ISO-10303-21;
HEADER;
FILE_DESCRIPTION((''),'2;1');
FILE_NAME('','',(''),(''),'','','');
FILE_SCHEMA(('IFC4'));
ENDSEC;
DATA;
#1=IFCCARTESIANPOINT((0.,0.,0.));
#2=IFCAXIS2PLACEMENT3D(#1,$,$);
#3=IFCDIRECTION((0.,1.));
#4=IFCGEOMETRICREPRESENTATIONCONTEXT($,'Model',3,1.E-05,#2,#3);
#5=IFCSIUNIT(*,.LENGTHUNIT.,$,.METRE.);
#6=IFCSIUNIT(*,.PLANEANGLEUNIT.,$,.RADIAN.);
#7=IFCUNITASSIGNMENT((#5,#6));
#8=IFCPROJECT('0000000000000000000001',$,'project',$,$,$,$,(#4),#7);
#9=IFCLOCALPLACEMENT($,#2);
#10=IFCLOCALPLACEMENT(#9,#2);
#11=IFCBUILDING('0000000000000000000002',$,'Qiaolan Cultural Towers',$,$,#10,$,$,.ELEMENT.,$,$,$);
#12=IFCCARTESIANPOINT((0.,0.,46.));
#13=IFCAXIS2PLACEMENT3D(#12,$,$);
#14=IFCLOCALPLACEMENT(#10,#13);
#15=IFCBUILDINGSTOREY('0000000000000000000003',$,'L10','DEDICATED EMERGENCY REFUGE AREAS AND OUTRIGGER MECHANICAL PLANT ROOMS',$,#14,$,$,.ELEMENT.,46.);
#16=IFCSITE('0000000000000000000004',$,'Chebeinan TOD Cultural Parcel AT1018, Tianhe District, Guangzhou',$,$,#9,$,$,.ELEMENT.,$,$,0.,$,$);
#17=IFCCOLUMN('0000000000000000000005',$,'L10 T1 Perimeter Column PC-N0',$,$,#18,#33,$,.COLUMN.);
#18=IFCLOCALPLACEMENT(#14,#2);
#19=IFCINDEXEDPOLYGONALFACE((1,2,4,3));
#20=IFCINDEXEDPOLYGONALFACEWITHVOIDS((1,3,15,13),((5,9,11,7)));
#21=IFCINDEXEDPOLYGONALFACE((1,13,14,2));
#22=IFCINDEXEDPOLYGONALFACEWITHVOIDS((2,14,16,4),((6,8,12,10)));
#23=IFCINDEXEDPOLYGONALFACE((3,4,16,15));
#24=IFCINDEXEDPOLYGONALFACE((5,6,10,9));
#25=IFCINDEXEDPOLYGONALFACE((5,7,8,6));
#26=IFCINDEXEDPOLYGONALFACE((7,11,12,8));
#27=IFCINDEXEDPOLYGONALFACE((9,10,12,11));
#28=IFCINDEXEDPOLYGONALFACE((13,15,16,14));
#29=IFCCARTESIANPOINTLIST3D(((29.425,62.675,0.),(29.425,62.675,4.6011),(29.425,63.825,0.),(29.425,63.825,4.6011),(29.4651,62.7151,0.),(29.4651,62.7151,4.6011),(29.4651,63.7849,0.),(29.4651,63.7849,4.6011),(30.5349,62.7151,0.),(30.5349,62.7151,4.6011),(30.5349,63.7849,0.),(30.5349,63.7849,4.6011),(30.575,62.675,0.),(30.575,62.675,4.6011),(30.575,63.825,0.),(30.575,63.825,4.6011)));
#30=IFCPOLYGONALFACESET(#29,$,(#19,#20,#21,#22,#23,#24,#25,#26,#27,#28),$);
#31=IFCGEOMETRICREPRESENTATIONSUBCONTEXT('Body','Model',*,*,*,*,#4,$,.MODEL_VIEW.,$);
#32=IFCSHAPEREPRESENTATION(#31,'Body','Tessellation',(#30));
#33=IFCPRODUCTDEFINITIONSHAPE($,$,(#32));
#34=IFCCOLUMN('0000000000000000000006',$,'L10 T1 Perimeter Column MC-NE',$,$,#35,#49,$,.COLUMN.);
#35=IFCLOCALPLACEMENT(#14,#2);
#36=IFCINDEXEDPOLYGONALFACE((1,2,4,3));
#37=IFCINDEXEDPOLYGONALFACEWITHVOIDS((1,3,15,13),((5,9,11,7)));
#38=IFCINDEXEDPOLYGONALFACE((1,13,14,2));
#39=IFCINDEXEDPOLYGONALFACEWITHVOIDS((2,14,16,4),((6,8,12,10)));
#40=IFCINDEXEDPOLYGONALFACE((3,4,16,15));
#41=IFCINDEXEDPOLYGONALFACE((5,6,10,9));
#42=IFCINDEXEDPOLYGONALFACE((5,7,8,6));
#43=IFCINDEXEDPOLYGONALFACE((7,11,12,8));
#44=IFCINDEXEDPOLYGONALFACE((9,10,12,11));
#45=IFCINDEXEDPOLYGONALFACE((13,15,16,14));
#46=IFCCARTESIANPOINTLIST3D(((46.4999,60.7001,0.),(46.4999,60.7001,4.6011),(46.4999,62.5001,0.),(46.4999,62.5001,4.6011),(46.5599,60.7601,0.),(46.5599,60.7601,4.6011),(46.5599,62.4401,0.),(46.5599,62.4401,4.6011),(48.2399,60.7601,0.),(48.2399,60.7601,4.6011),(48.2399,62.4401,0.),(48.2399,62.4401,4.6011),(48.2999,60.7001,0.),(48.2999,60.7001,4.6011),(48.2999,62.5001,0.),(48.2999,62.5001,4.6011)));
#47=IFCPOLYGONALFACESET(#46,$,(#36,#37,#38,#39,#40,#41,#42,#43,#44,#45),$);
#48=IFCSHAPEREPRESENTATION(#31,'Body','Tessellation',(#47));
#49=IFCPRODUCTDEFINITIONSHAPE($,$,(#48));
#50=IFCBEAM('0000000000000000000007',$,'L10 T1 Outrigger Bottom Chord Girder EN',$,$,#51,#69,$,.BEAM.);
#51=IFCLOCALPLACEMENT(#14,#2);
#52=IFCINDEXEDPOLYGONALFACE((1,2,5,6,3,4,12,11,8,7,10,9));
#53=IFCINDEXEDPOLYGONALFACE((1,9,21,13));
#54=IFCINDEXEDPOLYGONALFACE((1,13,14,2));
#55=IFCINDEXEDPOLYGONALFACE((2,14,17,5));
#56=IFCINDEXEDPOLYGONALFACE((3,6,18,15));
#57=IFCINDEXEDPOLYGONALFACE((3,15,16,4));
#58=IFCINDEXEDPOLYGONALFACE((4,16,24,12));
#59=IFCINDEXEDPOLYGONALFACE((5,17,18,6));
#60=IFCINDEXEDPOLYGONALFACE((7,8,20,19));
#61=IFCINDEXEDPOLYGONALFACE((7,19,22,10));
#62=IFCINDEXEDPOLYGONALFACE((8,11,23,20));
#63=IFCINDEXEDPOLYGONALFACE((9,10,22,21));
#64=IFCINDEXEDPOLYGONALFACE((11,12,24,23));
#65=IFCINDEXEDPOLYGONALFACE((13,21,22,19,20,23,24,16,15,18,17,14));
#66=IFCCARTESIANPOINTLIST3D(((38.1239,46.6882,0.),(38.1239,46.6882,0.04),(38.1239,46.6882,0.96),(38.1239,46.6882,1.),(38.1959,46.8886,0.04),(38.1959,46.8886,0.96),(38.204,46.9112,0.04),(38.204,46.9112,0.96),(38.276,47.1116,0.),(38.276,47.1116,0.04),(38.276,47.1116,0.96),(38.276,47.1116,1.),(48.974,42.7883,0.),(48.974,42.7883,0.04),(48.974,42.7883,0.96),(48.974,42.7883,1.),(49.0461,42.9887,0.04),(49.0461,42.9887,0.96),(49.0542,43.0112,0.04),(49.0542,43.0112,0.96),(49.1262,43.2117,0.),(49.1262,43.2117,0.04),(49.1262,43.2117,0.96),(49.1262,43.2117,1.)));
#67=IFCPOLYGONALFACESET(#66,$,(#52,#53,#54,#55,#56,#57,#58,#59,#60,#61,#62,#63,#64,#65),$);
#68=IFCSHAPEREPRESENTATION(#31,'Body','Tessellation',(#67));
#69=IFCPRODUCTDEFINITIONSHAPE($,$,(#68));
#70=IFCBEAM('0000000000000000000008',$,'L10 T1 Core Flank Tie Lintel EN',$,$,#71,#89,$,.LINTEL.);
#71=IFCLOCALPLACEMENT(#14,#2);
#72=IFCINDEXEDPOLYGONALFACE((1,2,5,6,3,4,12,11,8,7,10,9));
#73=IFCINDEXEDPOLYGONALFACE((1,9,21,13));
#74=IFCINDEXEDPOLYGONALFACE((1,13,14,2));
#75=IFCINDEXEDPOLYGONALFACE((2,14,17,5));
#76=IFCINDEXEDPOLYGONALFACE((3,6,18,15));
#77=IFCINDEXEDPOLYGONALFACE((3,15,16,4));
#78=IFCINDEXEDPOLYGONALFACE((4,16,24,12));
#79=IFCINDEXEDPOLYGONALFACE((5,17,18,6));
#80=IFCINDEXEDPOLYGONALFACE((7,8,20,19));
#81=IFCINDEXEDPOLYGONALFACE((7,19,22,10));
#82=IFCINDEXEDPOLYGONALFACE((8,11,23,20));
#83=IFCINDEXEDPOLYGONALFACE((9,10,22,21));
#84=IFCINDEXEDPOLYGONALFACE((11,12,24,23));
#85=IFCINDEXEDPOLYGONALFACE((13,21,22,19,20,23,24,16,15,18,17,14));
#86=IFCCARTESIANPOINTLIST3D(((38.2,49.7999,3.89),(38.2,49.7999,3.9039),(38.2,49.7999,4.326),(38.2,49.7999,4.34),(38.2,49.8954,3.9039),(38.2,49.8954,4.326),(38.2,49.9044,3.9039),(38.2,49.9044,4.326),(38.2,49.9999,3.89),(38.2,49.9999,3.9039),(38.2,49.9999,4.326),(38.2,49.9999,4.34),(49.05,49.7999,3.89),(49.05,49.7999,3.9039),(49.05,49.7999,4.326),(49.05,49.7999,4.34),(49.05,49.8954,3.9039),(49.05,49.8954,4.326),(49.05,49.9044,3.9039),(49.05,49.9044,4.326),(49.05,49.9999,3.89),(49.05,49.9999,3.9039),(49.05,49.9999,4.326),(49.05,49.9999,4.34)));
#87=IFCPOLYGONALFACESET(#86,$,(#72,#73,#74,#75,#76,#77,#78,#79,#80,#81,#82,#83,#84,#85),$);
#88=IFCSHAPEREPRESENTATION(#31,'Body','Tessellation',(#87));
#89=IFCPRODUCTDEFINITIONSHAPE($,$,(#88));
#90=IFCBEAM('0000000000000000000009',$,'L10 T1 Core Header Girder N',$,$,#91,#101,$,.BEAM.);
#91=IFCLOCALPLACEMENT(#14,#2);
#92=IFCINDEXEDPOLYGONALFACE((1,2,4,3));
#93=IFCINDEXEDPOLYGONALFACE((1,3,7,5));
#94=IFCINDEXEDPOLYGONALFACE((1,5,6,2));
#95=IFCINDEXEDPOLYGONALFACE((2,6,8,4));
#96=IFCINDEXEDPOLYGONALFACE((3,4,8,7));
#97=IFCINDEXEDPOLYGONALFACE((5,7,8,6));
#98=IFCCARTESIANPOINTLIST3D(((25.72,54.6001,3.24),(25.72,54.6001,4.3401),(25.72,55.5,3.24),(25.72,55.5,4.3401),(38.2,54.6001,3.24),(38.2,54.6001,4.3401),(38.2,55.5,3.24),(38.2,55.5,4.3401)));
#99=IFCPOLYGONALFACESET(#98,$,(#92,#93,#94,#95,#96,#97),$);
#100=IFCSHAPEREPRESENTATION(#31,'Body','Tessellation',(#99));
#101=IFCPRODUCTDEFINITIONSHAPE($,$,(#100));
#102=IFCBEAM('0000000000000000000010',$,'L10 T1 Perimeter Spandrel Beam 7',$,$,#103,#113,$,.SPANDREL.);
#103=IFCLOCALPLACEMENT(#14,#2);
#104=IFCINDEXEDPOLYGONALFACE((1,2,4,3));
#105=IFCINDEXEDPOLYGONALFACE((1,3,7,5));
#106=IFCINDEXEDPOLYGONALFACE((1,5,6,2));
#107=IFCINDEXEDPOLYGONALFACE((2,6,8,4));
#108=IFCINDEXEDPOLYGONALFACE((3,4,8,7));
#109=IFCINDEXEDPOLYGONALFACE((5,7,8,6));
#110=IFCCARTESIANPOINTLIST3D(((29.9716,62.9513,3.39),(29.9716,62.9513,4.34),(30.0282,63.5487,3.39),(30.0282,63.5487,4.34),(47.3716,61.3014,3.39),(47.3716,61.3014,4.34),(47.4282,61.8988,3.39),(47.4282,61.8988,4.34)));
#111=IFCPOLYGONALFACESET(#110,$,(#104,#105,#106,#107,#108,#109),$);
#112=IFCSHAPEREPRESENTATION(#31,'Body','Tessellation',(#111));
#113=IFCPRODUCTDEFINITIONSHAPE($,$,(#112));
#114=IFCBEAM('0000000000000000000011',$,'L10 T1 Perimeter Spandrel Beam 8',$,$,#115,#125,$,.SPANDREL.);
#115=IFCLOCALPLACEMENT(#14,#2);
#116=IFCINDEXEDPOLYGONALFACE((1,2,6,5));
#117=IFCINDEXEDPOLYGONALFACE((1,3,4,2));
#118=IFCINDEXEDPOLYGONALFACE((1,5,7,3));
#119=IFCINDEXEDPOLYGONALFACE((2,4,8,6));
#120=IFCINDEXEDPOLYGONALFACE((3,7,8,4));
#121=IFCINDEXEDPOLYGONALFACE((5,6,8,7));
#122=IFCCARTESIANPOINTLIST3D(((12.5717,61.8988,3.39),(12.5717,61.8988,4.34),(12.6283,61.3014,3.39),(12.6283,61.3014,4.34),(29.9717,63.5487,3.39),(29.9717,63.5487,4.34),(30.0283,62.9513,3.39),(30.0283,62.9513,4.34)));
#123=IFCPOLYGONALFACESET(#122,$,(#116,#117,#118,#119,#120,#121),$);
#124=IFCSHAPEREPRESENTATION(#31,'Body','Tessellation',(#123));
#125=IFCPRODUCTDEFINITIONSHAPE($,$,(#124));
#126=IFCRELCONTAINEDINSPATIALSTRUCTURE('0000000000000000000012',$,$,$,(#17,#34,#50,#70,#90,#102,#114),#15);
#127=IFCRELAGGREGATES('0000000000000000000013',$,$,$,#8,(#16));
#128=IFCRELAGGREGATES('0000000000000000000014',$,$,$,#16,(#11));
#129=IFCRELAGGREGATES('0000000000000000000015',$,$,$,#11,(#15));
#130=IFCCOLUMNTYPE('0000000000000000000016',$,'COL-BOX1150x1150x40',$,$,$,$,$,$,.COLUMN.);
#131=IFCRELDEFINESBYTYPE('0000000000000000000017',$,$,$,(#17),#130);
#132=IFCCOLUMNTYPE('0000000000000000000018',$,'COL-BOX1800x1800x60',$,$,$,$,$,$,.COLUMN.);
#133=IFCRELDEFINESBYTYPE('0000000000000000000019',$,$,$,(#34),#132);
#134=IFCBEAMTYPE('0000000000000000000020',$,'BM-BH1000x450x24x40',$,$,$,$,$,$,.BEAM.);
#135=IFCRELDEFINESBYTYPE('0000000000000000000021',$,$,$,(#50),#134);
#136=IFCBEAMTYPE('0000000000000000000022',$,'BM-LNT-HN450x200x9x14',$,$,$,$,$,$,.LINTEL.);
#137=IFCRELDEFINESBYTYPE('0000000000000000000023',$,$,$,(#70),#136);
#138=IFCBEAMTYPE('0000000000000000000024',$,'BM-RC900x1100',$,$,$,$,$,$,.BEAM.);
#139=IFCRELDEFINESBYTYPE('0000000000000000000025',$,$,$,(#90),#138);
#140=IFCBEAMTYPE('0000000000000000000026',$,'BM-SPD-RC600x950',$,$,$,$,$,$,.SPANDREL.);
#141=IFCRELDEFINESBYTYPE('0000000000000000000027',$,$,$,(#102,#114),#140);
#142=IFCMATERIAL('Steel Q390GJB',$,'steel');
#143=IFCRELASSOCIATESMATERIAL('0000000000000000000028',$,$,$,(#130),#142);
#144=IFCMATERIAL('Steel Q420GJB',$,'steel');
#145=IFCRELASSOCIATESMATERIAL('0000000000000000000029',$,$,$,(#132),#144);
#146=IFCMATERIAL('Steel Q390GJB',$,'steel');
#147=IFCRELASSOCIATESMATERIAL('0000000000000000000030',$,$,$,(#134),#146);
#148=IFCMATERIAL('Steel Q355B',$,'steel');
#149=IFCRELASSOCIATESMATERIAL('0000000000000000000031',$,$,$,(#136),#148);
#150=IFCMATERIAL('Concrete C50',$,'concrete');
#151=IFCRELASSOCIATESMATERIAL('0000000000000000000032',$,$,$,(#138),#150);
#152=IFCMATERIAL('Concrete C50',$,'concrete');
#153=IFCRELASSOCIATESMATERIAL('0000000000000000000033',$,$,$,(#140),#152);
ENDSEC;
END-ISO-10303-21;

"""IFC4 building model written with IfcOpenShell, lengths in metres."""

from ifc_helpers import new_model, si_unit, direction, frame, origin, origin_2d, place, context, subcontext, project, spatial, rectangle, hollow_rectangle, i_section, extrude, material, material_profile, profile_set, type_object, element, save


model = new_model("IFC4")

# Units and contexts
model_context = context("Model", 3, precision=1e-05, world=origin(), true_north=direction((0.0, 1.0)))
body_context = subcontext(model_context, "Body", "Model", "MODEL_VIEW")
ifc_project = project(units=[si_unit("LENGTHUNIT", "METRE"), si_unit("PLANEANGLEUNIT", "RADIAN")], contexts=[model_context])

# Site, building, storey
site_placement = place(None, origin())
site = spatial("IfcSite", under=ifc_project, at=site_placement, Name="Chebeinan TOD Cultural Parcel AT1018, Tianhe District, Guangzhou", CompositionType="ELEMENT", RefElevation=0.0)
building_placement = place(site_placement, origin())
building = spatial("IfcBuilding", under=site, at=building_placement, Name="Qiaolan Cultural Towers", CompositionType="ELEMENT")
storey_placement = place(building_placement, frame((0.0, 0.0, 46.0)))
storey = spatial("IfcBuildingStorey", under=building, at=storey_placement, Name="L10", Description="DEDICATED EMERGENCY REFUGE AREAS AND OUTRIGGER MECHANICAL PLANT ROOMS", CompositionType="ELEMENT", Elevation=46.0)

# Columns
ifc_material_1 = material(Name="Steel Q390GJB", Category="steel")
ifc_material_profile_1 = material_profile(ifc_material_1, hollow_rectangle(XDim=1.1499, YDim=1.1499, WallThickness=0.04, at=origin_2d()), Name="BOX1150x1150x40")
ifc_profile_set_1 = profile_set([ifc_material_profile_1], Name="Steel Q390GJB")
column_type_1 = type_object("IfcColumnType", Name="COL-BOX1150x1150x40", PredefinedType="COLUMN", material=ifc_profile_set_1)
column_1_placement = place(storey_placement, frame((30.0, 63.25, 0.0), z_axis=(0.0, 0.0, 1.0), x_axis=(1.0, 0.0, 0.0)))
element("IfcColumn", 1, at=column_1_placement, inside=storey, type_object=column_type_1, Name="L10 T1 Perimeter Column PC-N0", PredefinedType="COLUMN", context=body_context, shape_type="SweptSolid", body=[
    extrude(hollow_rectangle(XDim=1.1499, YDim=1.1499, WallThickness=0.04, at=origin_2d()), origin(), (0.0, 0.0, 1.0), 4.6011),
])
ifc_material_2 = material(Name="Steel Q420GJB", Category="steel")
ifc_material_profile_2 = material_profile(ifc_material_2, hollow_rectangle(XDim=1.8, YDim=1.8, WallThickness=0.0601, at=origin_2d()), Name="BOX1800x1800x60")
ifc_profile_set_2 = profile_set([ifc_material_profile_2], Name="Steel Q420GJB")
column_type_2 = type_object("IfcColumnType", Name="COL-BOX1800x1800x60", PredefinedType="COLUMN", material=ifc_profile_set_2)
column_2_placement = place(storey_placement, frame((47.3999, 61.6001, 0.0), z_axis=(0.0, 0.0, 1.0), x_axis=(1.0, 0.0, 0.0)))
element("IfcColumn", 2, at=column_2_placement, inside=storey, type_object=column_type_2, Name="L10 T1 Perimeter Column MC-NE", PredefinedType="COLUMN", context=body_context, shape_type="SweptSolid", body=[
    extrude(hollow_rectangle(XDim=1.8, YDim=1.8, WallThickness=0.0601, at=origin_2d()), origin(), (0.0, 0.0, 1.0), 4.6011),
])

# Beams
ifc_material_3 = material(Name="Steel Q390GJB", Category="steel")
ifc_material_profile_3 = material_profile(ifc_material_3, i_section(OverallWidth=0.45, OverallDepth=1.0, WebThickness=0.0239, FlangeThickness=0.04, at=origin_2d()), Name="BH1000x450x24x40")
ifc_profile_set_3 = profile_set([ifc_material_profile_3], Name="Steel Q390GJB")
beam_type_1 = type_object("IfcBeamType", Name="BM-BH1000x450x24x40", PredefinedType="BEAM", material=ifc_profile_set_3)
beam_1_placement = place(storey_placement, frame((38.2, 46.8999, 0.5), z_axis=(0.941057, -0.338249, 0.0), x_axis=(0.338249, 0.941057, 0.0)))
element("IfcBeam", 3, at=beam_1_placement, inside=storey, type_object=beam_type_1, Name="L10 T1 Outrigger Bottom Chord Girder EN", PredefinedType="BEAM", context=body_context, shape_type="SweptSolid", body=[
    extrude(i_section(OverallWidth=0.45, OverallDepth=1.0, WebThickness=0.0239, FlangeThickness=0.04, at=origin_2d()), origin(), (0.0, 0.0, 1.0), 11.5298),
])
ifc_material_4 = material(Name="Steel Q355B", Category="steel")
ifc_material_profile_4 = material_profile(ifc_material_4, i_section(OverallWidth=0.2, OverallDepth=0.45, WebThickness=0.009, FlangeThickness=0.0139, at=origin_2d()), Name="HN450x200x9x14")
ifc_profile_set_4 = profile_set([ifc_material_profile_4], Name="Steel Q355B")
beam_type_2 = type_object("IfcBeamType", Name="BM-LNT-HN450x200x9x14", PredefinedType="LINTEL", material=ifc_profile_set_4)
beam_2_placement = place(storey_placement, frame((38.2, 49.8999, 4.115), z_axis=(1.0, 0.0, 0.0), x_axis=(0.0, 1.0, 0.0)))
element("IfcBeam", 4, at=beam_2_placement, inside=storey, type_object=beam_type_2, Name="L10 T1 Core Flank Tie Lintel EN", PredefinedType="LINTEL", context=body_context, shape_type="SweptSolid", body=[
    extrude(i_section(OverallWidth=0.2, OverallDepth=0.45, WebThickness=0.009, FlangeThickness=0.0139, at=origin_2d()), origin(), (0.0, 0.0, 1.0), 10.8501),
])
ifc_material_5 = material(Name="Concrete C50", Category="concrete")
ifc_material_profile_5 = material_profile(ifc_material_5, rectangle(XDim=0.8999, YDim=1.1001, at=origin_2d()), Name="RC900x1100")
ifc_profile_set_5 = profile_set([ifc_material_profile_5], Name="Concrete C50")
beam_type_3 = type_object("IfcBeamType", Name="BM-RC900x1100", PredefinedType="BEAM", material=ifc_profile_set_5)
beam_3_placement = place(storey_placement, frame((25.72, 55.05, 3.79), z_axis=(1.0, 0.0, 0.0), x_axis=(0.0, 1.0, 0.0)))
element("IfcBeam", 5, at=beam_3_placement, inside=storey, type_object=beam_type_3, Name="L10 T1 Core Header Girder N", PredefinedType="BEAM", context=body_context, shape_type="SweptSolid", body=[
    extrude(rectangle(XDim=0.8999, YDim=1.1001, at=origin_2d()), origin(), (0.0, 0.0, 1.0), 12.48),
])
ifc_material_6 = material(Name="Concrete C50", Category="concrete")
ifc_material_profile_6 = material_profile(ifc_material_6, rectangle(XDim=0.6001, YDim=0.95, at=origin_2d()), Name="RC600x950")
ifc_profile_set_6 = profile_set([ifc_material_profile_6], Name="Concrete C50")
beam_type_4 = type_object("IfcBeamType", Name="BM-SPD-RC600x950", PredefinedType="SPANDREL", material=ifc_profile_set_6)
for number, where, z_axis, x_axis, name in (
    (6, (47.3999, 61.6001, 3.865), (-0.995534, 0.094399, 0.0), (-0.094399, -0.995534, 0.0), "L10 T1 Perimeter Spandrel Beam 7"),
    (7, (30.0, 63.25, 3.865), (-0.995534, -0.094399, 0.0), (0.094399, -0.995534, 0.0), "L10 T1 Perimeter Spandrel Beam 8"),
):
    element("IfcBeam", number, at=place(storey_placement, frame(where, z_axis=z_axis, x_axis=x_axis)), inside=storey, type_object=beam_type_4, Name=name, PredefinedType="SPANDREL", context=body_context, shape_type="SweptSolid", body=[
        extrude(rectangle(XDim=0.6001, YDim=0.95, at=origin_2d()), origin(), (0.0, 0.0, 1.0), 17.478),
    ])

save(model, "model.ifc")
